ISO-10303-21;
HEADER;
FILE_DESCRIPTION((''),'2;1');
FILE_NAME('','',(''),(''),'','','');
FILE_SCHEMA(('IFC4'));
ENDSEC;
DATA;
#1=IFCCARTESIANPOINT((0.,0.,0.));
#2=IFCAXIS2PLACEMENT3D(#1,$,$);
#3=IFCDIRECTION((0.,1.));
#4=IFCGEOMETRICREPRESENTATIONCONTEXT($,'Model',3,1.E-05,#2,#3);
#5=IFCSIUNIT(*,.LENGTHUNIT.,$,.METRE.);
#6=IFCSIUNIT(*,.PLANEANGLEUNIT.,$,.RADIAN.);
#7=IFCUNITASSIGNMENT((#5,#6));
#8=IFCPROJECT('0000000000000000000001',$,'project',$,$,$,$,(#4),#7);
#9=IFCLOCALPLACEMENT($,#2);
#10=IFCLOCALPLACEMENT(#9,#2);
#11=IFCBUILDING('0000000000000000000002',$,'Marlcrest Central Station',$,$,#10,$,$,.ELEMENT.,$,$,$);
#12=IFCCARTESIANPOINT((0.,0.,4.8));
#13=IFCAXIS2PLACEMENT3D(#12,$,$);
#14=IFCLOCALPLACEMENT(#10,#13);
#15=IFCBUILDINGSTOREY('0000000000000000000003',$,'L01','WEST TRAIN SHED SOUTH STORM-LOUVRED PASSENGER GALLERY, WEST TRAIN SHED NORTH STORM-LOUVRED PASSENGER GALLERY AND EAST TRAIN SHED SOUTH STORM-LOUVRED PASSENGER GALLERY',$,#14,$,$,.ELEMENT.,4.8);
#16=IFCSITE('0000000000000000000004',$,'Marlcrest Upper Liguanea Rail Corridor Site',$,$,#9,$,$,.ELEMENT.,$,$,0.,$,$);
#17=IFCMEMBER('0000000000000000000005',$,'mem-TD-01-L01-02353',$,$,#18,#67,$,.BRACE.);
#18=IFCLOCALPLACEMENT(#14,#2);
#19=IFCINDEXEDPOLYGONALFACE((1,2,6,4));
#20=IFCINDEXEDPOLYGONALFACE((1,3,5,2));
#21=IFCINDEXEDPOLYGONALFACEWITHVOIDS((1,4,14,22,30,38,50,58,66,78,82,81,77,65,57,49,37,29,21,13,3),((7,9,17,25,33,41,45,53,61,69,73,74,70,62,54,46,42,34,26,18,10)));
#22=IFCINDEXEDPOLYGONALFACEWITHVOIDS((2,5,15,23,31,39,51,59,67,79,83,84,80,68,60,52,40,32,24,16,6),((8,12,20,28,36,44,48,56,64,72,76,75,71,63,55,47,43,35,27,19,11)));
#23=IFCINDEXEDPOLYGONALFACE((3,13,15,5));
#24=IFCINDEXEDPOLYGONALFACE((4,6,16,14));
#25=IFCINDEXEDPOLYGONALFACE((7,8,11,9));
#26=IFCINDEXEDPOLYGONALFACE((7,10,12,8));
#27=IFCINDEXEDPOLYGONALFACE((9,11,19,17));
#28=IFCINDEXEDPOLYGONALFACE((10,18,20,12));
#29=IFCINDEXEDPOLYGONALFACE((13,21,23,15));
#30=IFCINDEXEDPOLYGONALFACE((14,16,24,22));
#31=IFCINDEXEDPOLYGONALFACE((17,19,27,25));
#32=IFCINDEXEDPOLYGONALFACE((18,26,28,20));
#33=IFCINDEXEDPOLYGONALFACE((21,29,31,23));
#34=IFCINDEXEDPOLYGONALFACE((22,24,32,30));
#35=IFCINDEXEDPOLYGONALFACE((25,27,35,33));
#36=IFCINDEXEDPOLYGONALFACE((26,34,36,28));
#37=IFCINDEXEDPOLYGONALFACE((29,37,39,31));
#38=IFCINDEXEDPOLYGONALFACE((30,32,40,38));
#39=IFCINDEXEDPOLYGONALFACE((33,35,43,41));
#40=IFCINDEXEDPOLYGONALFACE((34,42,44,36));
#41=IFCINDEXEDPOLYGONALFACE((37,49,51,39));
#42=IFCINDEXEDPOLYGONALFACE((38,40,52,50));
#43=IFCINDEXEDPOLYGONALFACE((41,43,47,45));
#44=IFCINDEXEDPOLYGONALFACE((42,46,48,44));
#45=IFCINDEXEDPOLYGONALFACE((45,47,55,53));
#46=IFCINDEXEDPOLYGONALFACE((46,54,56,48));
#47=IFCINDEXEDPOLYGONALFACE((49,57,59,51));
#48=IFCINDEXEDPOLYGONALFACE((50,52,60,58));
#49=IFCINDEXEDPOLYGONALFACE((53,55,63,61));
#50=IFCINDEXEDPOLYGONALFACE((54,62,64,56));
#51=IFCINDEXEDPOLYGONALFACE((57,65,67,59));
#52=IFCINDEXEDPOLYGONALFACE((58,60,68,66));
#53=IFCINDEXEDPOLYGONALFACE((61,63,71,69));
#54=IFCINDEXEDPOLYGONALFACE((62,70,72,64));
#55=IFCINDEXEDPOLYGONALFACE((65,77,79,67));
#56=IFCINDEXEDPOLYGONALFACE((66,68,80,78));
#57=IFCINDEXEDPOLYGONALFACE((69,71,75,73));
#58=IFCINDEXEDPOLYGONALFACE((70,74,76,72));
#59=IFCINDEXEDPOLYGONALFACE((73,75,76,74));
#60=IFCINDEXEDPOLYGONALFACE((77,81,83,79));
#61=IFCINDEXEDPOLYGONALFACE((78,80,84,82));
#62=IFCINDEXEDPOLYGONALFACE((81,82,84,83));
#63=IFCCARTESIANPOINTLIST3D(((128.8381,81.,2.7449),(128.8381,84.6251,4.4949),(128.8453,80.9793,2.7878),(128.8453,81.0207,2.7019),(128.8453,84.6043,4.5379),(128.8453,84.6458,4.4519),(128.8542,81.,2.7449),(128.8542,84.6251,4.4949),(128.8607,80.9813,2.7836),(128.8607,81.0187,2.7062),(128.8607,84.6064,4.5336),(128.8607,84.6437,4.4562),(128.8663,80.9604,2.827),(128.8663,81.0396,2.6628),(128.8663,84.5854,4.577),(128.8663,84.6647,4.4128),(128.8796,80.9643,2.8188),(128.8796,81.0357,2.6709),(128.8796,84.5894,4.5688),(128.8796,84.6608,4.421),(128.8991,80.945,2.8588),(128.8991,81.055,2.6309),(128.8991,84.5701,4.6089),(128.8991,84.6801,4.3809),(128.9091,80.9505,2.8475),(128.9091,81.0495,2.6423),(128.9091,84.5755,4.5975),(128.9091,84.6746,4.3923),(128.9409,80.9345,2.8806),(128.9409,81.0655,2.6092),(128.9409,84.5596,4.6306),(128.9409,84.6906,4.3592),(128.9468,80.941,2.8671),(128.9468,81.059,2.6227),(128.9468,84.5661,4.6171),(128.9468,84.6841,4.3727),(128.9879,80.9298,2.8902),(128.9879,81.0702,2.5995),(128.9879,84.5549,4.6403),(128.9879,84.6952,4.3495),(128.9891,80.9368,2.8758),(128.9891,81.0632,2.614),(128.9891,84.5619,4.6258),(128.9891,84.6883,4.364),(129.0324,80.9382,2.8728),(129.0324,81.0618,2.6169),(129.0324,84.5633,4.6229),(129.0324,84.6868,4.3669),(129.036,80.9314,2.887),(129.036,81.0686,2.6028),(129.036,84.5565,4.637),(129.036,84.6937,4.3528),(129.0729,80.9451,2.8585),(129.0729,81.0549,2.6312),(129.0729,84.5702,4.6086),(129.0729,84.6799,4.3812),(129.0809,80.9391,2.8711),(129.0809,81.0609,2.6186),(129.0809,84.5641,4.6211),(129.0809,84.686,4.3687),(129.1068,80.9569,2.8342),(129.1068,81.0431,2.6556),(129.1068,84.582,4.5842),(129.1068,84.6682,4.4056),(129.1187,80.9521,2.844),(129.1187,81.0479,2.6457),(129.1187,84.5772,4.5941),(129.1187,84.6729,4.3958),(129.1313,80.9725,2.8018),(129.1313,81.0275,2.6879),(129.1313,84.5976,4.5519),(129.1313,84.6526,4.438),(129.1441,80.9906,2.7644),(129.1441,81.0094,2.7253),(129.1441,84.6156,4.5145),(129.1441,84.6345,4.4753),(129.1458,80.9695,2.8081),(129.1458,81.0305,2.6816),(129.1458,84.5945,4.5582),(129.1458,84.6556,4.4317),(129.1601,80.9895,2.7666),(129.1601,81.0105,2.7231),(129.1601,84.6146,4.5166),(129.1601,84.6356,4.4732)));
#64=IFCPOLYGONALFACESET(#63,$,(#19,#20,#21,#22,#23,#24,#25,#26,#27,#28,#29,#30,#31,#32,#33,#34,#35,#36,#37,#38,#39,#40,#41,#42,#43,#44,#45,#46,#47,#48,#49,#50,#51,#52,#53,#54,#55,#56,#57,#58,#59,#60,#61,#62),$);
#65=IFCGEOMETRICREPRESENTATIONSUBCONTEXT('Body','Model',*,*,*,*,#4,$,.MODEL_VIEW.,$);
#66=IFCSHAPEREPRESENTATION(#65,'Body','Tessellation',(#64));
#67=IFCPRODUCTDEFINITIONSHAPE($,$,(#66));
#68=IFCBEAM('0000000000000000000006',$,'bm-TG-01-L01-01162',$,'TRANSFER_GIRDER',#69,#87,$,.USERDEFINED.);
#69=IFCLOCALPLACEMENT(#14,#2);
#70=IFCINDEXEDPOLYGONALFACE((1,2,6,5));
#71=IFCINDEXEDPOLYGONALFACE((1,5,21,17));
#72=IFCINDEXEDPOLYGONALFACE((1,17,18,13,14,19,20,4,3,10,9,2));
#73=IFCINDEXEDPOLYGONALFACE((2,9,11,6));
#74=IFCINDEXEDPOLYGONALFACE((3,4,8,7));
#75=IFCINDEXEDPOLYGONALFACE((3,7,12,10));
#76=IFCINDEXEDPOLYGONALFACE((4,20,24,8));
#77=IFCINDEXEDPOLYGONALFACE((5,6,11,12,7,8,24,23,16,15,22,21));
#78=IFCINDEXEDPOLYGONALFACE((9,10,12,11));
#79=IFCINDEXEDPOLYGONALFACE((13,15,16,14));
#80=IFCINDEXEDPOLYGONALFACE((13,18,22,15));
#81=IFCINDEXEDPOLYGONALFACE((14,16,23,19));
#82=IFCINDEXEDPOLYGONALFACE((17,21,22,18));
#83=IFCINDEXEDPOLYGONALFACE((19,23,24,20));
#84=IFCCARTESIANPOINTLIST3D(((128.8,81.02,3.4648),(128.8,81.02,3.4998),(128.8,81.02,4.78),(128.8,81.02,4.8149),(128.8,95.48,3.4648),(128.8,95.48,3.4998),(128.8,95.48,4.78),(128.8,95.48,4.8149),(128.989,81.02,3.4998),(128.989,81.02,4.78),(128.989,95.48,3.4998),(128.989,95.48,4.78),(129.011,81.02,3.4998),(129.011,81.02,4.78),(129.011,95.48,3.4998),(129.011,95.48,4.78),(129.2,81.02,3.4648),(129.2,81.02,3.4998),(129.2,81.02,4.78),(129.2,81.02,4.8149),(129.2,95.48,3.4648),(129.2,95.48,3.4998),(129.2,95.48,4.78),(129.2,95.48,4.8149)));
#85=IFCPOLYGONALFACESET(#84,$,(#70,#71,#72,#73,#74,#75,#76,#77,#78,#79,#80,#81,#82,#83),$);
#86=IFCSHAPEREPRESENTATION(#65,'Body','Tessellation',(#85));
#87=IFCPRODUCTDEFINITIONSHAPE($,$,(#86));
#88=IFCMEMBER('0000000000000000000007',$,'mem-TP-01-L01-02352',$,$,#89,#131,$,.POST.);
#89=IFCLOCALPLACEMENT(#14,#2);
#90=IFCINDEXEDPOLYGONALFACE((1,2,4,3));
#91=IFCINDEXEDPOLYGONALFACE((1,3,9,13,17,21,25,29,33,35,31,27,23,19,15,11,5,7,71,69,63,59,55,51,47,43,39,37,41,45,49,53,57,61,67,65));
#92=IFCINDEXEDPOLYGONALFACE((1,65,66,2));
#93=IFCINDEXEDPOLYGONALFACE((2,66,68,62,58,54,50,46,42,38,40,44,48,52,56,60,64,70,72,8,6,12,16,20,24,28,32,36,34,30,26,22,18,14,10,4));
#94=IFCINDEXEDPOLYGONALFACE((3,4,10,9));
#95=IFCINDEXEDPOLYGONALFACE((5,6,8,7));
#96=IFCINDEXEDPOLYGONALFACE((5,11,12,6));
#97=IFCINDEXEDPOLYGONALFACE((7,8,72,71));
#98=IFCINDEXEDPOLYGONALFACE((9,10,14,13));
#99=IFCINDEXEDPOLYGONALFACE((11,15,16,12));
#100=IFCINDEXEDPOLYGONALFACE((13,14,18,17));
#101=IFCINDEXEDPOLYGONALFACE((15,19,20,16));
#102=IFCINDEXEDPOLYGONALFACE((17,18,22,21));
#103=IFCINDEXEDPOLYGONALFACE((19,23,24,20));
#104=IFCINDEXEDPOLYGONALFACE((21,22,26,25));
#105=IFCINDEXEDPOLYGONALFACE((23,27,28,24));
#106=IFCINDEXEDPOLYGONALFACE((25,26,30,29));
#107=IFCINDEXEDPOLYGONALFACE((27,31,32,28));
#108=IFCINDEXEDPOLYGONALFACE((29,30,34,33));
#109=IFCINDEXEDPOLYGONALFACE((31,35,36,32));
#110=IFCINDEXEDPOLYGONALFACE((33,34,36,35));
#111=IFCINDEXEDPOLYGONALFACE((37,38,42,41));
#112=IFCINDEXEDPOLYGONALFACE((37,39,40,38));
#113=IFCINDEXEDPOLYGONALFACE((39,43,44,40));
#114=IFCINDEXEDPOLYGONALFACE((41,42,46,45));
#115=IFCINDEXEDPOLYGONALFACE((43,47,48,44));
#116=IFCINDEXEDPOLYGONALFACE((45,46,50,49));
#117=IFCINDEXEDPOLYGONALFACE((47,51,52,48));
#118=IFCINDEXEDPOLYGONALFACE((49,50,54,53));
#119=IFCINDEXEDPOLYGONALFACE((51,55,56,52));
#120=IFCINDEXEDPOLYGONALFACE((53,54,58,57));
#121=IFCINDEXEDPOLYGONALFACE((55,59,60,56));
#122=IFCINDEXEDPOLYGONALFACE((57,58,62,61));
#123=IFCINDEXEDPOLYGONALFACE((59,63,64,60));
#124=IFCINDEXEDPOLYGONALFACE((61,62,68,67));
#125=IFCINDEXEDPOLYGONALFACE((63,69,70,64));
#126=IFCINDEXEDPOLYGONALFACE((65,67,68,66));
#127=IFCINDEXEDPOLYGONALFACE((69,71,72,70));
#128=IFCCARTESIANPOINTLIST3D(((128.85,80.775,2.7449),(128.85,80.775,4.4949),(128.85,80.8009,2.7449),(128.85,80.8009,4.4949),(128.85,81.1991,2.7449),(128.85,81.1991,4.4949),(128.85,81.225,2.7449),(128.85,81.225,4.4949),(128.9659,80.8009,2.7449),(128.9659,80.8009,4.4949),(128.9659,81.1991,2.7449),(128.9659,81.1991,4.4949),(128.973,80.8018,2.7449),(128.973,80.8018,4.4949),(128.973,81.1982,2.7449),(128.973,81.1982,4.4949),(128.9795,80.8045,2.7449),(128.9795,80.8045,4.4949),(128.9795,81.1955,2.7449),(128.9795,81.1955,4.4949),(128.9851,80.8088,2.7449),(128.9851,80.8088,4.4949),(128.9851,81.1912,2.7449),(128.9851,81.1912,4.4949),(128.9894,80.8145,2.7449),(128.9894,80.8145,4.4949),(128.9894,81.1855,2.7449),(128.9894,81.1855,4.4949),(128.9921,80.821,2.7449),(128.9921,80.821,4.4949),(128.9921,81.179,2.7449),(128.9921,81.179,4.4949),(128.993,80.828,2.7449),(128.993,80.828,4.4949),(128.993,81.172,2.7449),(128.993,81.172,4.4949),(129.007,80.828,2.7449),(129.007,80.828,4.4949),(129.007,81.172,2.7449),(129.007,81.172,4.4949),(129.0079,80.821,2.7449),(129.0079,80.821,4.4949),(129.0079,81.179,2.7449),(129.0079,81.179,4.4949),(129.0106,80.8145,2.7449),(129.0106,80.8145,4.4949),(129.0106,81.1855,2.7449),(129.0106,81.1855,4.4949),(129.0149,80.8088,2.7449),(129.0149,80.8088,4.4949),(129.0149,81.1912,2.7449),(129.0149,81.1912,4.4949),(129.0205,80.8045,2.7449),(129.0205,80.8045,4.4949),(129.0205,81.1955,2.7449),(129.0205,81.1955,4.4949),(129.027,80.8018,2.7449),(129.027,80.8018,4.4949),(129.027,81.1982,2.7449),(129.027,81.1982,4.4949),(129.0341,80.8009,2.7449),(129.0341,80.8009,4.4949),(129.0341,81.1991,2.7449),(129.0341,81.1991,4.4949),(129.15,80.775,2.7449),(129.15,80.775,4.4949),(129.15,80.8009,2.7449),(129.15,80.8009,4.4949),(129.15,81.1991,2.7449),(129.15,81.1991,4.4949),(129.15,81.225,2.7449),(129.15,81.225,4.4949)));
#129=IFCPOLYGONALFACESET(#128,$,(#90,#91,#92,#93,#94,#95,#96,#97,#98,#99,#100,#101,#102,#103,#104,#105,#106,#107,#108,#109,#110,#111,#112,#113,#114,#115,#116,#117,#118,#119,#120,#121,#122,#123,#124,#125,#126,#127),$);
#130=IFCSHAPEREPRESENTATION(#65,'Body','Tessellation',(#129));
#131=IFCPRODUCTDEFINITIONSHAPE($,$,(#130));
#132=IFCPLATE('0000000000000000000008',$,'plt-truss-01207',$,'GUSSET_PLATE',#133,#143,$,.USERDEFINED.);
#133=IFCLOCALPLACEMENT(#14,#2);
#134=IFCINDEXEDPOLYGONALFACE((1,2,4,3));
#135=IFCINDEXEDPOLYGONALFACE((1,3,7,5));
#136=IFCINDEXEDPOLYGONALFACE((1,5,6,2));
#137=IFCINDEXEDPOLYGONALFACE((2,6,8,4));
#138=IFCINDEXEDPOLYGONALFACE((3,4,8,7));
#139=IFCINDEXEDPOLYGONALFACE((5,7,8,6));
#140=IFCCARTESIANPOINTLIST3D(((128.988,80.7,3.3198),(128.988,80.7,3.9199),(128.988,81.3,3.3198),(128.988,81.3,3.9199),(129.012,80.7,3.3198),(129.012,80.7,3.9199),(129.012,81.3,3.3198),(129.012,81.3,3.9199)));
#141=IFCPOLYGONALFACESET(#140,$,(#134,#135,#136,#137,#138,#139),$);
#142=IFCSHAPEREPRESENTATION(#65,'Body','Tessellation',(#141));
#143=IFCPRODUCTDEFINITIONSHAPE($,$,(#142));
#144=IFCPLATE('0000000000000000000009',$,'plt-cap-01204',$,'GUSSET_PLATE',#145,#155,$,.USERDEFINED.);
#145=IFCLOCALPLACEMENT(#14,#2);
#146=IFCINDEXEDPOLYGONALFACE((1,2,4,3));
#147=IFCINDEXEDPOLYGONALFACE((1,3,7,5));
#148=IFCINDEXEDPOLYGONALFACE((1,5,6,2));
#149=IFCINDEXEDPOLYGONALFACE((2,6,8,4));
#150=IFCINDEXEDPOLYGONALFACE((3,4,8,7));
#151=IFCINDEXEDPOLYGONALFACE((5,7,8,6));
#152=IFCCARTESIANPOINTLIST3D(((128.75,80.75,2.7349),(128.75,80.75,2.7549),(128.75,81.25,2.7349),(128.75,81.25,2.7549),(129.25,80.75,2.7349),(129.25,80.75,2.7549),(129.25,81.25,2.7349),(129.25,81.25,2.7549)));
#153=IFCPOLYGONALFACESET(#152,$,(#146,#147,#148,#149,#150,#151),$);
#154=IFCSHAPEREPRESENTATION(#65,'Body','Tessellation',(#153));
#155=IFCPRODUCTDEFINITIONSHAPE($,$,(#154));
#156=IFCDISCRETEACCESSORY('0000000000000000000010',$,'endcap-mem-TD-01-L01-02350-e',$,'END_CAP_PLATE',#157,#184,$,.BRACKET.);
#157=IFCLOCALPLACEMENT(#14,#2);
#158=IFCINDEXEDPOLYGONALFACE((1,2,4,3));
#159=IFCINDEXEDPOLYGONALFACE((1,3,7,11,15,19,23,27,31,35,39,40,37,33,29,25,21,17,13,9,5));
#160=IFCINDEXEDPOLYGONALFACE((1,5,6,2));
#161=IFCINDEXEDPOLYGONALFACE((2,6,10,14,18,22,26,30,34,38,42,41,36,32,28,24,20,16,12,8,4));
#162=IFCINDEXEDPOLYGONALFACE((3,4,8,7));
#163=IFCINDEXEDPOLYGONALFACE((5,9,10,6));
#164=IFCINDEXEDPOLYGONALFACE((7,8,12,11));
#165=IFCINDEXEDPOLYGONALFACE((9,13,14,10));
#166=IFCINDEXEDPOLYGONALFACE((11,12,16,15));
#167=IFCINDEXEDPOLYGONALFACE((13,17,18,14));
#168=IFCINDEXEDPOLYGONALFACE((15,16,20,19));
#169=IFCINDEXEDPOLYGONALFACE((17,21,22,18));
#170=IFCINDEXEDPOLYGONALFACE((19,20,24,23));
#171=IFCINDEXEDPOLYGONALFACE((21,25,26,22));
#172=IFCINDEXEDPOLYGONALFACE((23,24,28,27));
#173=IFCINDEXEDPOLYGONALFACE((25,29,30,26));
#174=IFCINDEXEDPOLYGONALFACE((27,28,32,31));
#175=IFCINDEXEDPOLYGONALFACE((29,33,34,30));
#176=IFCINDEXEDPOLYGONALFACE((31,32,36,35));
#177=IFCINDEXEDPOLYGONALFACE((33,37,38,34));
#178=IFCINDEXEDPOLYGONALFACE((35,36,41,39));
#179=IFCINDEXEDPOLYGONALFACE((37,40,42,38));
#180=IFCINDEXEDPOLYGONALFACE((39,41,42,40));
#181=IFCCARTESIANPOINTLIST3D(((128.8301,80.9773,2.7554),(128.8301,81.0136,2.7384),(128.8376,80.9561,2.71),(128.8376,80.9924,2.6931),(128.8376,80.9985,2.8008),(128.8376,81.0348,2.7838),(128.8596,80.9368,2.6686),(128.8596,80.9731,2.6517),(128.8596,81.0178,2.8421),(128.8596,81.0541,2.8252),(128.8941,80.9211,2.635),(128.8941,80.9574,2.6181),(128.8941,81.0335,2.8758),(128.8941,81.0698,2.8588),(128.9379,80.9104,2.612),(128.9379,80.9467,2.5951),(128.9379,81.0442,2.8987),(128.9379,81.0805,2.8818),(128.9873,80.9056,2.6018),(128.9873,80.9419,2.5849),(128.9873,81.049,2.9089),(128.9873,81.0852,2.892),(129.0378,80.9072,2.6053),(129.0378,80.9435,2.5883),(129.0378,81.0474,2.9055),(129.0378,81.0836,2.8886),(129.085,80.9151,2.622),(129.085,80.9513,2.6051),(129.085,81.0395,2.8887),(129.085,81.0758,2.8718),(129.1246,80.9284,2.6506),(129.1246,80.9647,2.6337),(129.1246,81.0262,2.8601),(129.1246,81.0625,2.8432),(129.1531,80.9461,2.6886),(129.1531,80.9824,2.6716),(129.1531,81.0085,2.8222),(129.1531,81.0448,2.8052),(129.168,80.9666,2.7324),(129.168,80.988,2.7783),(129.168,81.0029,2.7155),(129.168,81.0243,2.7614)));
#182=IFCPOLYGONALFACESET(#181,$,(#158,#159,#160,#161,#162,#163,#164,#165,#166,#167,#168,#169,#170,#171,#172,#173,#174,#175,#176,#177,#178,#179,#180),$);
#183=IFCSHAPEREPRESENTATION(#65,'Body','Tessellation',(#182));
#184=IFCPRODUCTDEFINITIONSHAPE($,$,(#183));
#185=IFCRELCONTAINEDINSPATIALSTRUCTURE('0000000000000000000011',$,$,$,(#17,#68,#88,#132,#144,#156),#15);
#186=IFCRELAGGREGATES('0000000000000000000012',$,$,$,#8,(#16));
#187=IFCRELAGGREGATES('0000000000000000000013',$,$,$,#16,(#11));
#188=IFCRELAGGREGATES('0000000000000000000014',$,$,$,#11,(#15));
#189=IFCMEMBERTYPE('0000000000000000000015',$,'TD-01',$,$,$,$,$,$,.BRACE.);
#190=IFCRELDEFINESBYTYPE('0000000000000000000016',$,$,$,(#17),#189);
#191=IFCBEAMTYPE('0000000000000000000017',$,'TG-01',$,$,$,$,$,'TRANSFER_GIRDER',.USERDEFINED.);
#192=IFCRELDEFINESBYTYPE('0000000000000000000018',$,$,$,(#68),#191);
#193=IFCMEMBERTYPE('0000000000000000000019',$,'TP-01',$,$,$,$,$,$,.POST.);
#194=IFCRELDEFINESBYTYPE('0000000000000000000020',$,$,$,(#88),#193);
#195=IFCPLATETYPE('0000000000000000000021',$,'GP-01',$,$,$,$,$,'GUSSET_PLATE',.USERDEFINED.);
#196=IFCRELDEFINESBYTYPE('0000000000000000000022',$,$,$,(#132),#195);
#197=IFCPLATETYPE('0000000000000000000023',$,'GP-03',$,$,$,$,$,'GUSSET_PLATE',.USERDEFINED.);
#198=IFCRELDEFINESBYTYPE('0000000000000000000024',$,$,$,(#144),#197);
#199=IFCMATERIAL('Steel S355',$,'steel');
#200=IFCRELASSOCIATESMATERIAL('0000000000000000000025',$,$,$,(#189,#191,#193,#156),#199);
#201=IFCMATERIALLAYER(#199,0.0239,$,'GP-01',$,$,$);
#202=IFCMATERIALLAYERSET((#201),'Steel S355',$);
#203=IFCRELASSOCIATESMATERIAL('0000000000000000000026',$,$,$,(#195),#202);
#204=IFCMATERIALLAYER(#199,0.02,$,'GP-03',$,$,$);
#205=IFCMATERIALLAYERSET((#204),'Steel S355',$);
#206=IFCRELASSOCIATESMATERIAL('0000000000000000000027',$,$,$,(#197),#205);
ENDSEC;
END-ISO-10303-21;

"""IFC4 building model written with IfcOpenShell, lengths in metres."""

from ifc_helpers import new_model, si_unit, direction, frame, origin, origin_2d, place, context, subcontext, project, spatial, rectangle, circle, hollow_circle, i_section, extrude, material, layer, layer_set, material_profile, profile_set, type_object, element, save


model = new_model("IFC4")

# Units and contexts
model_context = context("Model", 3, precision=1e-05, world=origin(), true_north=direction((0.0, 1.0)))
body_context = subcontext(model_context, "Body", "Model", "MODEL_VIEW")
ifc_project = project(units=[si_unit("LENGTHUNIT", "METRE"), si_unit("PLANEANGLEUNIT", "RADIAN")], contexts=[model_context])

# Site, building, storey
site_placement = place(None, origin())
site = spatial("IfcSite", under=ifc_project, at=site_placement, Name="Marlcrest Upper Liguanea Rail Corridor Site", CompositionType="ELEMENT", RefElevation=0.0)
building_placement = place(site_placement, origin())
building = spatial("IfcBuilding", under=site, at=building_placement, Name="Marlcrest Central Station", CompositionType="ELEMENT")
storey_placement = place(building_placement, frame((0.0, 0.0, 4.8)))
storey = spatial("IfcBuildingStorey", under=building, at=storey_placement, Name="L01", Description="WEST TRAIN SHED SOUTH STORM-LOUVRED PASSENGER GALLERY, WEST TRAIN SHED NORTH STORM-LOUVRED PASSENGER GALLERY AND EAST TRAIN SHED SOUTH STORM-LOUVRED PASSENGER GALLERY", CompositionType="ELEMENT", Elevation=4.8)

# Shared definitions
ifc_material = material(Name="Steel S355", Category="steel")

# Member
ifc_material_profile_1 = material_profile(ifc_material, hollow_circle(Radius=0.1619, WallThickness=0.0161, at=origin_2d()), Name="CHS 323.9x16")
ifc_profile_set_1 = profile_set([ifc_material_profile_1], Name="Steel S355")
member_type_1 = type_object("IfcMemberType", Name="TD-01", PredefinedType="BRACE", material=ifc_profile_set_1)
member_1_placement = place(storey_placement, frame((129.0, 81.0, 2.7449), z_axis=(0.0, 0.900552, 0.434749), x_axis=(-1.0, 0.0, 0.0)))
element("IfcMember", 1, at=member_1_placement, inside=storey, type_object=member_type_1, Name="mem-TD-01-L01-02353", PredefinedType="BRACE", context=body_context, shape_type="SweptSolid", body=[
    extrude(hollow_circle(Radius=0.1619, WallThickness=0.0161, at=origin_2d()), origin(), (0.0, 0.0, 1.0), 4.0254),
])

# Beam
ifc_material_profile_2 = material_profile(ifc_material, i_section(OverallWidth=0.3999, OverallDepth=1.3501, WebThickness=0.022, FlangeThickness=0.0349, at=origin_2d()), Name="PG 1350x400")
ifc_profile_set_2 = profile_set([ifc_material_profile_2], Name="Steel S355")
beam_type = type_object("IfcBeamType", Name="TG-01", ElementType="TRANSFER_GIRDER", PredefinedType="USERDEFINED", material=ifc_profile_set_2)
beam_placement = place(storey_placement, frame((129.0, 81.02, 4.1399), z_axis=(0.0, 1.0, 0.0), x_axis=(-1.0, 0.0, 0.0)))
element("IfcBeam", 2, at=beam_placement, inside=storey, type_object=beam_type, Name="bm-TG-01-L01-01162", ObjectType="TRANSFER_GIRDER", PredefinedType="USERDEFINED", context=body_context, shape_type="SweptSolid", body=[
    extrude(i_section(OverallWidth=0.3999, OverallDepth=1.3501, WebThickness=0.022, FlangeThickness=0.0349, at=origin_2d()), origin(), (0.0, 0.0, 1.0), 14.46),
])

# Member
ifc_material_profile_3 = material_profile(ifc_material, i_section(OverallWidth=0.3, OverallDepth=0.45, WebThickness=0.0139, FlangeThickness=0.0259, FilletRadius=0.0271, at=origin_2d()), Name="HEB 450")
ifc_profile_set_3 = profile_set([ifc_material_profile_3], Name="Steel S355")
member_type_2 = type_object("IfcMemberType", Name="TP-01", PredefinedType="POST", material=ifc_profile_set_3)
member_2_placement = place(storey_placement, frame((129.0, 81.0, 2.7449), z_axis=(0.0, 0.0, 1.0), x_axis=(1.0, 0.0, 0.0)))
element("IfcMember", 3, at=member_2_placement, inside=storey, type_object=member_type_2, Name="mem-TP-01-L01-02352", PredefinedType="POST", context=body_context, shape_type="SweptSolid", body=[
    extrude(i_section(OverallWidth=0.3, OverallDepth=0.45, WebThickness=0.0139, FlangeThickness=0.0259, FilletRadius=0.0271, at=origin_2d()), origin(), (0.0, 0.0, 1.0), 1.75),
])

# Plates
ifc_layer_1 = layer(ifc_material, 0.0239, Name="GP-01")
ifc_layer_set_1 = layer_set([ifc_layer_1], Name="Steel S355")
plate_type_1 = type_object("IfcPlateType", Name="GP-01", ElementType="GUSSET_PLATE", PredefinedType="USERDEFINED", material=ifc_layer_set_1)
plate_1_placement = place(storey_placement, frame((129.0, 81.0, 3.3198), z_axis=(0.0, 0.0, 1.0), x_axis=(1.0, 0.0, 0.0)))
element("IfcPlate", 4, at=plate_1_placement, inside=storey, type_object=plate_type_1, Name="plt-truss-01207", ObjectType="GUSSET_PLATE", PredefinedType="USERDEFINED", context=body_context, shape_type="SweptSolid", body=[
    extrude(rectangle(XDim=0.0239, YDim=0.6001, at=origin_2d()), origin(), (0.0, 0.0, 1.0), 0.6001),
])
ifc_layer_2 = layer(ifc_material, 0.02, Name="GP-03")
ifc_layer_set_2 = layer_set([ifc_layer_2], Name="Steel S355")
plate_type_2 = type_object("IfcPlateType", Name="GP-03", ElementType="GUSSET_PLATE", PredefinedType="USERDEFINED", material=ifc_layer_set_2)
plate_2_placement = place(storey_placement, frame((129.0, 81.0, 2.7349), z_axis=(0.0, 0.0, 1.0), x_axis=(1.0, 0.0, 0.0)))
element("IfcPlate", 5, at=plate_2_placement, inside=storey, type_object=plate_type_2, Name="plt-cap-01204", ObjectType="GUSSET_PLATE", PredefinedType="USERDEFINED", context=body_context, shape_type="SweptSolid", body=[
    extrude(rectangle(XDim=0.5, YDim=0.5, at=origin_2d()), origin(), (0.0, 0.0, 1.0), 0.02),
])

# Discrete accessory
for number, where, z_axis, x_axis, name in (
    (6, (129.0, 80.9773, 2.7554), (0.0, 0.906183, -0.422885), (-1.0, 0.0, 0.0), "endcap-mem-TD-01-L01-02350-e"),
):
    element("IfcDiscreteAccessory", number, at=place(storey_placement, frame(where, z_axis=z_axis, x_axis=x_axis)), inside=storey, material=ifc_material, Name=name, ObjectType="END_CAP_PLATE", PredefinedType="BRACKET", context=body_context, shape_type="SweptSolid", body=[
        extrude(circle(Radius=0.1699, at=origin_2d()), origin(), (0.0, 0.0, 1.0), 0.04),
    ])

save(model, "model.ifc")
